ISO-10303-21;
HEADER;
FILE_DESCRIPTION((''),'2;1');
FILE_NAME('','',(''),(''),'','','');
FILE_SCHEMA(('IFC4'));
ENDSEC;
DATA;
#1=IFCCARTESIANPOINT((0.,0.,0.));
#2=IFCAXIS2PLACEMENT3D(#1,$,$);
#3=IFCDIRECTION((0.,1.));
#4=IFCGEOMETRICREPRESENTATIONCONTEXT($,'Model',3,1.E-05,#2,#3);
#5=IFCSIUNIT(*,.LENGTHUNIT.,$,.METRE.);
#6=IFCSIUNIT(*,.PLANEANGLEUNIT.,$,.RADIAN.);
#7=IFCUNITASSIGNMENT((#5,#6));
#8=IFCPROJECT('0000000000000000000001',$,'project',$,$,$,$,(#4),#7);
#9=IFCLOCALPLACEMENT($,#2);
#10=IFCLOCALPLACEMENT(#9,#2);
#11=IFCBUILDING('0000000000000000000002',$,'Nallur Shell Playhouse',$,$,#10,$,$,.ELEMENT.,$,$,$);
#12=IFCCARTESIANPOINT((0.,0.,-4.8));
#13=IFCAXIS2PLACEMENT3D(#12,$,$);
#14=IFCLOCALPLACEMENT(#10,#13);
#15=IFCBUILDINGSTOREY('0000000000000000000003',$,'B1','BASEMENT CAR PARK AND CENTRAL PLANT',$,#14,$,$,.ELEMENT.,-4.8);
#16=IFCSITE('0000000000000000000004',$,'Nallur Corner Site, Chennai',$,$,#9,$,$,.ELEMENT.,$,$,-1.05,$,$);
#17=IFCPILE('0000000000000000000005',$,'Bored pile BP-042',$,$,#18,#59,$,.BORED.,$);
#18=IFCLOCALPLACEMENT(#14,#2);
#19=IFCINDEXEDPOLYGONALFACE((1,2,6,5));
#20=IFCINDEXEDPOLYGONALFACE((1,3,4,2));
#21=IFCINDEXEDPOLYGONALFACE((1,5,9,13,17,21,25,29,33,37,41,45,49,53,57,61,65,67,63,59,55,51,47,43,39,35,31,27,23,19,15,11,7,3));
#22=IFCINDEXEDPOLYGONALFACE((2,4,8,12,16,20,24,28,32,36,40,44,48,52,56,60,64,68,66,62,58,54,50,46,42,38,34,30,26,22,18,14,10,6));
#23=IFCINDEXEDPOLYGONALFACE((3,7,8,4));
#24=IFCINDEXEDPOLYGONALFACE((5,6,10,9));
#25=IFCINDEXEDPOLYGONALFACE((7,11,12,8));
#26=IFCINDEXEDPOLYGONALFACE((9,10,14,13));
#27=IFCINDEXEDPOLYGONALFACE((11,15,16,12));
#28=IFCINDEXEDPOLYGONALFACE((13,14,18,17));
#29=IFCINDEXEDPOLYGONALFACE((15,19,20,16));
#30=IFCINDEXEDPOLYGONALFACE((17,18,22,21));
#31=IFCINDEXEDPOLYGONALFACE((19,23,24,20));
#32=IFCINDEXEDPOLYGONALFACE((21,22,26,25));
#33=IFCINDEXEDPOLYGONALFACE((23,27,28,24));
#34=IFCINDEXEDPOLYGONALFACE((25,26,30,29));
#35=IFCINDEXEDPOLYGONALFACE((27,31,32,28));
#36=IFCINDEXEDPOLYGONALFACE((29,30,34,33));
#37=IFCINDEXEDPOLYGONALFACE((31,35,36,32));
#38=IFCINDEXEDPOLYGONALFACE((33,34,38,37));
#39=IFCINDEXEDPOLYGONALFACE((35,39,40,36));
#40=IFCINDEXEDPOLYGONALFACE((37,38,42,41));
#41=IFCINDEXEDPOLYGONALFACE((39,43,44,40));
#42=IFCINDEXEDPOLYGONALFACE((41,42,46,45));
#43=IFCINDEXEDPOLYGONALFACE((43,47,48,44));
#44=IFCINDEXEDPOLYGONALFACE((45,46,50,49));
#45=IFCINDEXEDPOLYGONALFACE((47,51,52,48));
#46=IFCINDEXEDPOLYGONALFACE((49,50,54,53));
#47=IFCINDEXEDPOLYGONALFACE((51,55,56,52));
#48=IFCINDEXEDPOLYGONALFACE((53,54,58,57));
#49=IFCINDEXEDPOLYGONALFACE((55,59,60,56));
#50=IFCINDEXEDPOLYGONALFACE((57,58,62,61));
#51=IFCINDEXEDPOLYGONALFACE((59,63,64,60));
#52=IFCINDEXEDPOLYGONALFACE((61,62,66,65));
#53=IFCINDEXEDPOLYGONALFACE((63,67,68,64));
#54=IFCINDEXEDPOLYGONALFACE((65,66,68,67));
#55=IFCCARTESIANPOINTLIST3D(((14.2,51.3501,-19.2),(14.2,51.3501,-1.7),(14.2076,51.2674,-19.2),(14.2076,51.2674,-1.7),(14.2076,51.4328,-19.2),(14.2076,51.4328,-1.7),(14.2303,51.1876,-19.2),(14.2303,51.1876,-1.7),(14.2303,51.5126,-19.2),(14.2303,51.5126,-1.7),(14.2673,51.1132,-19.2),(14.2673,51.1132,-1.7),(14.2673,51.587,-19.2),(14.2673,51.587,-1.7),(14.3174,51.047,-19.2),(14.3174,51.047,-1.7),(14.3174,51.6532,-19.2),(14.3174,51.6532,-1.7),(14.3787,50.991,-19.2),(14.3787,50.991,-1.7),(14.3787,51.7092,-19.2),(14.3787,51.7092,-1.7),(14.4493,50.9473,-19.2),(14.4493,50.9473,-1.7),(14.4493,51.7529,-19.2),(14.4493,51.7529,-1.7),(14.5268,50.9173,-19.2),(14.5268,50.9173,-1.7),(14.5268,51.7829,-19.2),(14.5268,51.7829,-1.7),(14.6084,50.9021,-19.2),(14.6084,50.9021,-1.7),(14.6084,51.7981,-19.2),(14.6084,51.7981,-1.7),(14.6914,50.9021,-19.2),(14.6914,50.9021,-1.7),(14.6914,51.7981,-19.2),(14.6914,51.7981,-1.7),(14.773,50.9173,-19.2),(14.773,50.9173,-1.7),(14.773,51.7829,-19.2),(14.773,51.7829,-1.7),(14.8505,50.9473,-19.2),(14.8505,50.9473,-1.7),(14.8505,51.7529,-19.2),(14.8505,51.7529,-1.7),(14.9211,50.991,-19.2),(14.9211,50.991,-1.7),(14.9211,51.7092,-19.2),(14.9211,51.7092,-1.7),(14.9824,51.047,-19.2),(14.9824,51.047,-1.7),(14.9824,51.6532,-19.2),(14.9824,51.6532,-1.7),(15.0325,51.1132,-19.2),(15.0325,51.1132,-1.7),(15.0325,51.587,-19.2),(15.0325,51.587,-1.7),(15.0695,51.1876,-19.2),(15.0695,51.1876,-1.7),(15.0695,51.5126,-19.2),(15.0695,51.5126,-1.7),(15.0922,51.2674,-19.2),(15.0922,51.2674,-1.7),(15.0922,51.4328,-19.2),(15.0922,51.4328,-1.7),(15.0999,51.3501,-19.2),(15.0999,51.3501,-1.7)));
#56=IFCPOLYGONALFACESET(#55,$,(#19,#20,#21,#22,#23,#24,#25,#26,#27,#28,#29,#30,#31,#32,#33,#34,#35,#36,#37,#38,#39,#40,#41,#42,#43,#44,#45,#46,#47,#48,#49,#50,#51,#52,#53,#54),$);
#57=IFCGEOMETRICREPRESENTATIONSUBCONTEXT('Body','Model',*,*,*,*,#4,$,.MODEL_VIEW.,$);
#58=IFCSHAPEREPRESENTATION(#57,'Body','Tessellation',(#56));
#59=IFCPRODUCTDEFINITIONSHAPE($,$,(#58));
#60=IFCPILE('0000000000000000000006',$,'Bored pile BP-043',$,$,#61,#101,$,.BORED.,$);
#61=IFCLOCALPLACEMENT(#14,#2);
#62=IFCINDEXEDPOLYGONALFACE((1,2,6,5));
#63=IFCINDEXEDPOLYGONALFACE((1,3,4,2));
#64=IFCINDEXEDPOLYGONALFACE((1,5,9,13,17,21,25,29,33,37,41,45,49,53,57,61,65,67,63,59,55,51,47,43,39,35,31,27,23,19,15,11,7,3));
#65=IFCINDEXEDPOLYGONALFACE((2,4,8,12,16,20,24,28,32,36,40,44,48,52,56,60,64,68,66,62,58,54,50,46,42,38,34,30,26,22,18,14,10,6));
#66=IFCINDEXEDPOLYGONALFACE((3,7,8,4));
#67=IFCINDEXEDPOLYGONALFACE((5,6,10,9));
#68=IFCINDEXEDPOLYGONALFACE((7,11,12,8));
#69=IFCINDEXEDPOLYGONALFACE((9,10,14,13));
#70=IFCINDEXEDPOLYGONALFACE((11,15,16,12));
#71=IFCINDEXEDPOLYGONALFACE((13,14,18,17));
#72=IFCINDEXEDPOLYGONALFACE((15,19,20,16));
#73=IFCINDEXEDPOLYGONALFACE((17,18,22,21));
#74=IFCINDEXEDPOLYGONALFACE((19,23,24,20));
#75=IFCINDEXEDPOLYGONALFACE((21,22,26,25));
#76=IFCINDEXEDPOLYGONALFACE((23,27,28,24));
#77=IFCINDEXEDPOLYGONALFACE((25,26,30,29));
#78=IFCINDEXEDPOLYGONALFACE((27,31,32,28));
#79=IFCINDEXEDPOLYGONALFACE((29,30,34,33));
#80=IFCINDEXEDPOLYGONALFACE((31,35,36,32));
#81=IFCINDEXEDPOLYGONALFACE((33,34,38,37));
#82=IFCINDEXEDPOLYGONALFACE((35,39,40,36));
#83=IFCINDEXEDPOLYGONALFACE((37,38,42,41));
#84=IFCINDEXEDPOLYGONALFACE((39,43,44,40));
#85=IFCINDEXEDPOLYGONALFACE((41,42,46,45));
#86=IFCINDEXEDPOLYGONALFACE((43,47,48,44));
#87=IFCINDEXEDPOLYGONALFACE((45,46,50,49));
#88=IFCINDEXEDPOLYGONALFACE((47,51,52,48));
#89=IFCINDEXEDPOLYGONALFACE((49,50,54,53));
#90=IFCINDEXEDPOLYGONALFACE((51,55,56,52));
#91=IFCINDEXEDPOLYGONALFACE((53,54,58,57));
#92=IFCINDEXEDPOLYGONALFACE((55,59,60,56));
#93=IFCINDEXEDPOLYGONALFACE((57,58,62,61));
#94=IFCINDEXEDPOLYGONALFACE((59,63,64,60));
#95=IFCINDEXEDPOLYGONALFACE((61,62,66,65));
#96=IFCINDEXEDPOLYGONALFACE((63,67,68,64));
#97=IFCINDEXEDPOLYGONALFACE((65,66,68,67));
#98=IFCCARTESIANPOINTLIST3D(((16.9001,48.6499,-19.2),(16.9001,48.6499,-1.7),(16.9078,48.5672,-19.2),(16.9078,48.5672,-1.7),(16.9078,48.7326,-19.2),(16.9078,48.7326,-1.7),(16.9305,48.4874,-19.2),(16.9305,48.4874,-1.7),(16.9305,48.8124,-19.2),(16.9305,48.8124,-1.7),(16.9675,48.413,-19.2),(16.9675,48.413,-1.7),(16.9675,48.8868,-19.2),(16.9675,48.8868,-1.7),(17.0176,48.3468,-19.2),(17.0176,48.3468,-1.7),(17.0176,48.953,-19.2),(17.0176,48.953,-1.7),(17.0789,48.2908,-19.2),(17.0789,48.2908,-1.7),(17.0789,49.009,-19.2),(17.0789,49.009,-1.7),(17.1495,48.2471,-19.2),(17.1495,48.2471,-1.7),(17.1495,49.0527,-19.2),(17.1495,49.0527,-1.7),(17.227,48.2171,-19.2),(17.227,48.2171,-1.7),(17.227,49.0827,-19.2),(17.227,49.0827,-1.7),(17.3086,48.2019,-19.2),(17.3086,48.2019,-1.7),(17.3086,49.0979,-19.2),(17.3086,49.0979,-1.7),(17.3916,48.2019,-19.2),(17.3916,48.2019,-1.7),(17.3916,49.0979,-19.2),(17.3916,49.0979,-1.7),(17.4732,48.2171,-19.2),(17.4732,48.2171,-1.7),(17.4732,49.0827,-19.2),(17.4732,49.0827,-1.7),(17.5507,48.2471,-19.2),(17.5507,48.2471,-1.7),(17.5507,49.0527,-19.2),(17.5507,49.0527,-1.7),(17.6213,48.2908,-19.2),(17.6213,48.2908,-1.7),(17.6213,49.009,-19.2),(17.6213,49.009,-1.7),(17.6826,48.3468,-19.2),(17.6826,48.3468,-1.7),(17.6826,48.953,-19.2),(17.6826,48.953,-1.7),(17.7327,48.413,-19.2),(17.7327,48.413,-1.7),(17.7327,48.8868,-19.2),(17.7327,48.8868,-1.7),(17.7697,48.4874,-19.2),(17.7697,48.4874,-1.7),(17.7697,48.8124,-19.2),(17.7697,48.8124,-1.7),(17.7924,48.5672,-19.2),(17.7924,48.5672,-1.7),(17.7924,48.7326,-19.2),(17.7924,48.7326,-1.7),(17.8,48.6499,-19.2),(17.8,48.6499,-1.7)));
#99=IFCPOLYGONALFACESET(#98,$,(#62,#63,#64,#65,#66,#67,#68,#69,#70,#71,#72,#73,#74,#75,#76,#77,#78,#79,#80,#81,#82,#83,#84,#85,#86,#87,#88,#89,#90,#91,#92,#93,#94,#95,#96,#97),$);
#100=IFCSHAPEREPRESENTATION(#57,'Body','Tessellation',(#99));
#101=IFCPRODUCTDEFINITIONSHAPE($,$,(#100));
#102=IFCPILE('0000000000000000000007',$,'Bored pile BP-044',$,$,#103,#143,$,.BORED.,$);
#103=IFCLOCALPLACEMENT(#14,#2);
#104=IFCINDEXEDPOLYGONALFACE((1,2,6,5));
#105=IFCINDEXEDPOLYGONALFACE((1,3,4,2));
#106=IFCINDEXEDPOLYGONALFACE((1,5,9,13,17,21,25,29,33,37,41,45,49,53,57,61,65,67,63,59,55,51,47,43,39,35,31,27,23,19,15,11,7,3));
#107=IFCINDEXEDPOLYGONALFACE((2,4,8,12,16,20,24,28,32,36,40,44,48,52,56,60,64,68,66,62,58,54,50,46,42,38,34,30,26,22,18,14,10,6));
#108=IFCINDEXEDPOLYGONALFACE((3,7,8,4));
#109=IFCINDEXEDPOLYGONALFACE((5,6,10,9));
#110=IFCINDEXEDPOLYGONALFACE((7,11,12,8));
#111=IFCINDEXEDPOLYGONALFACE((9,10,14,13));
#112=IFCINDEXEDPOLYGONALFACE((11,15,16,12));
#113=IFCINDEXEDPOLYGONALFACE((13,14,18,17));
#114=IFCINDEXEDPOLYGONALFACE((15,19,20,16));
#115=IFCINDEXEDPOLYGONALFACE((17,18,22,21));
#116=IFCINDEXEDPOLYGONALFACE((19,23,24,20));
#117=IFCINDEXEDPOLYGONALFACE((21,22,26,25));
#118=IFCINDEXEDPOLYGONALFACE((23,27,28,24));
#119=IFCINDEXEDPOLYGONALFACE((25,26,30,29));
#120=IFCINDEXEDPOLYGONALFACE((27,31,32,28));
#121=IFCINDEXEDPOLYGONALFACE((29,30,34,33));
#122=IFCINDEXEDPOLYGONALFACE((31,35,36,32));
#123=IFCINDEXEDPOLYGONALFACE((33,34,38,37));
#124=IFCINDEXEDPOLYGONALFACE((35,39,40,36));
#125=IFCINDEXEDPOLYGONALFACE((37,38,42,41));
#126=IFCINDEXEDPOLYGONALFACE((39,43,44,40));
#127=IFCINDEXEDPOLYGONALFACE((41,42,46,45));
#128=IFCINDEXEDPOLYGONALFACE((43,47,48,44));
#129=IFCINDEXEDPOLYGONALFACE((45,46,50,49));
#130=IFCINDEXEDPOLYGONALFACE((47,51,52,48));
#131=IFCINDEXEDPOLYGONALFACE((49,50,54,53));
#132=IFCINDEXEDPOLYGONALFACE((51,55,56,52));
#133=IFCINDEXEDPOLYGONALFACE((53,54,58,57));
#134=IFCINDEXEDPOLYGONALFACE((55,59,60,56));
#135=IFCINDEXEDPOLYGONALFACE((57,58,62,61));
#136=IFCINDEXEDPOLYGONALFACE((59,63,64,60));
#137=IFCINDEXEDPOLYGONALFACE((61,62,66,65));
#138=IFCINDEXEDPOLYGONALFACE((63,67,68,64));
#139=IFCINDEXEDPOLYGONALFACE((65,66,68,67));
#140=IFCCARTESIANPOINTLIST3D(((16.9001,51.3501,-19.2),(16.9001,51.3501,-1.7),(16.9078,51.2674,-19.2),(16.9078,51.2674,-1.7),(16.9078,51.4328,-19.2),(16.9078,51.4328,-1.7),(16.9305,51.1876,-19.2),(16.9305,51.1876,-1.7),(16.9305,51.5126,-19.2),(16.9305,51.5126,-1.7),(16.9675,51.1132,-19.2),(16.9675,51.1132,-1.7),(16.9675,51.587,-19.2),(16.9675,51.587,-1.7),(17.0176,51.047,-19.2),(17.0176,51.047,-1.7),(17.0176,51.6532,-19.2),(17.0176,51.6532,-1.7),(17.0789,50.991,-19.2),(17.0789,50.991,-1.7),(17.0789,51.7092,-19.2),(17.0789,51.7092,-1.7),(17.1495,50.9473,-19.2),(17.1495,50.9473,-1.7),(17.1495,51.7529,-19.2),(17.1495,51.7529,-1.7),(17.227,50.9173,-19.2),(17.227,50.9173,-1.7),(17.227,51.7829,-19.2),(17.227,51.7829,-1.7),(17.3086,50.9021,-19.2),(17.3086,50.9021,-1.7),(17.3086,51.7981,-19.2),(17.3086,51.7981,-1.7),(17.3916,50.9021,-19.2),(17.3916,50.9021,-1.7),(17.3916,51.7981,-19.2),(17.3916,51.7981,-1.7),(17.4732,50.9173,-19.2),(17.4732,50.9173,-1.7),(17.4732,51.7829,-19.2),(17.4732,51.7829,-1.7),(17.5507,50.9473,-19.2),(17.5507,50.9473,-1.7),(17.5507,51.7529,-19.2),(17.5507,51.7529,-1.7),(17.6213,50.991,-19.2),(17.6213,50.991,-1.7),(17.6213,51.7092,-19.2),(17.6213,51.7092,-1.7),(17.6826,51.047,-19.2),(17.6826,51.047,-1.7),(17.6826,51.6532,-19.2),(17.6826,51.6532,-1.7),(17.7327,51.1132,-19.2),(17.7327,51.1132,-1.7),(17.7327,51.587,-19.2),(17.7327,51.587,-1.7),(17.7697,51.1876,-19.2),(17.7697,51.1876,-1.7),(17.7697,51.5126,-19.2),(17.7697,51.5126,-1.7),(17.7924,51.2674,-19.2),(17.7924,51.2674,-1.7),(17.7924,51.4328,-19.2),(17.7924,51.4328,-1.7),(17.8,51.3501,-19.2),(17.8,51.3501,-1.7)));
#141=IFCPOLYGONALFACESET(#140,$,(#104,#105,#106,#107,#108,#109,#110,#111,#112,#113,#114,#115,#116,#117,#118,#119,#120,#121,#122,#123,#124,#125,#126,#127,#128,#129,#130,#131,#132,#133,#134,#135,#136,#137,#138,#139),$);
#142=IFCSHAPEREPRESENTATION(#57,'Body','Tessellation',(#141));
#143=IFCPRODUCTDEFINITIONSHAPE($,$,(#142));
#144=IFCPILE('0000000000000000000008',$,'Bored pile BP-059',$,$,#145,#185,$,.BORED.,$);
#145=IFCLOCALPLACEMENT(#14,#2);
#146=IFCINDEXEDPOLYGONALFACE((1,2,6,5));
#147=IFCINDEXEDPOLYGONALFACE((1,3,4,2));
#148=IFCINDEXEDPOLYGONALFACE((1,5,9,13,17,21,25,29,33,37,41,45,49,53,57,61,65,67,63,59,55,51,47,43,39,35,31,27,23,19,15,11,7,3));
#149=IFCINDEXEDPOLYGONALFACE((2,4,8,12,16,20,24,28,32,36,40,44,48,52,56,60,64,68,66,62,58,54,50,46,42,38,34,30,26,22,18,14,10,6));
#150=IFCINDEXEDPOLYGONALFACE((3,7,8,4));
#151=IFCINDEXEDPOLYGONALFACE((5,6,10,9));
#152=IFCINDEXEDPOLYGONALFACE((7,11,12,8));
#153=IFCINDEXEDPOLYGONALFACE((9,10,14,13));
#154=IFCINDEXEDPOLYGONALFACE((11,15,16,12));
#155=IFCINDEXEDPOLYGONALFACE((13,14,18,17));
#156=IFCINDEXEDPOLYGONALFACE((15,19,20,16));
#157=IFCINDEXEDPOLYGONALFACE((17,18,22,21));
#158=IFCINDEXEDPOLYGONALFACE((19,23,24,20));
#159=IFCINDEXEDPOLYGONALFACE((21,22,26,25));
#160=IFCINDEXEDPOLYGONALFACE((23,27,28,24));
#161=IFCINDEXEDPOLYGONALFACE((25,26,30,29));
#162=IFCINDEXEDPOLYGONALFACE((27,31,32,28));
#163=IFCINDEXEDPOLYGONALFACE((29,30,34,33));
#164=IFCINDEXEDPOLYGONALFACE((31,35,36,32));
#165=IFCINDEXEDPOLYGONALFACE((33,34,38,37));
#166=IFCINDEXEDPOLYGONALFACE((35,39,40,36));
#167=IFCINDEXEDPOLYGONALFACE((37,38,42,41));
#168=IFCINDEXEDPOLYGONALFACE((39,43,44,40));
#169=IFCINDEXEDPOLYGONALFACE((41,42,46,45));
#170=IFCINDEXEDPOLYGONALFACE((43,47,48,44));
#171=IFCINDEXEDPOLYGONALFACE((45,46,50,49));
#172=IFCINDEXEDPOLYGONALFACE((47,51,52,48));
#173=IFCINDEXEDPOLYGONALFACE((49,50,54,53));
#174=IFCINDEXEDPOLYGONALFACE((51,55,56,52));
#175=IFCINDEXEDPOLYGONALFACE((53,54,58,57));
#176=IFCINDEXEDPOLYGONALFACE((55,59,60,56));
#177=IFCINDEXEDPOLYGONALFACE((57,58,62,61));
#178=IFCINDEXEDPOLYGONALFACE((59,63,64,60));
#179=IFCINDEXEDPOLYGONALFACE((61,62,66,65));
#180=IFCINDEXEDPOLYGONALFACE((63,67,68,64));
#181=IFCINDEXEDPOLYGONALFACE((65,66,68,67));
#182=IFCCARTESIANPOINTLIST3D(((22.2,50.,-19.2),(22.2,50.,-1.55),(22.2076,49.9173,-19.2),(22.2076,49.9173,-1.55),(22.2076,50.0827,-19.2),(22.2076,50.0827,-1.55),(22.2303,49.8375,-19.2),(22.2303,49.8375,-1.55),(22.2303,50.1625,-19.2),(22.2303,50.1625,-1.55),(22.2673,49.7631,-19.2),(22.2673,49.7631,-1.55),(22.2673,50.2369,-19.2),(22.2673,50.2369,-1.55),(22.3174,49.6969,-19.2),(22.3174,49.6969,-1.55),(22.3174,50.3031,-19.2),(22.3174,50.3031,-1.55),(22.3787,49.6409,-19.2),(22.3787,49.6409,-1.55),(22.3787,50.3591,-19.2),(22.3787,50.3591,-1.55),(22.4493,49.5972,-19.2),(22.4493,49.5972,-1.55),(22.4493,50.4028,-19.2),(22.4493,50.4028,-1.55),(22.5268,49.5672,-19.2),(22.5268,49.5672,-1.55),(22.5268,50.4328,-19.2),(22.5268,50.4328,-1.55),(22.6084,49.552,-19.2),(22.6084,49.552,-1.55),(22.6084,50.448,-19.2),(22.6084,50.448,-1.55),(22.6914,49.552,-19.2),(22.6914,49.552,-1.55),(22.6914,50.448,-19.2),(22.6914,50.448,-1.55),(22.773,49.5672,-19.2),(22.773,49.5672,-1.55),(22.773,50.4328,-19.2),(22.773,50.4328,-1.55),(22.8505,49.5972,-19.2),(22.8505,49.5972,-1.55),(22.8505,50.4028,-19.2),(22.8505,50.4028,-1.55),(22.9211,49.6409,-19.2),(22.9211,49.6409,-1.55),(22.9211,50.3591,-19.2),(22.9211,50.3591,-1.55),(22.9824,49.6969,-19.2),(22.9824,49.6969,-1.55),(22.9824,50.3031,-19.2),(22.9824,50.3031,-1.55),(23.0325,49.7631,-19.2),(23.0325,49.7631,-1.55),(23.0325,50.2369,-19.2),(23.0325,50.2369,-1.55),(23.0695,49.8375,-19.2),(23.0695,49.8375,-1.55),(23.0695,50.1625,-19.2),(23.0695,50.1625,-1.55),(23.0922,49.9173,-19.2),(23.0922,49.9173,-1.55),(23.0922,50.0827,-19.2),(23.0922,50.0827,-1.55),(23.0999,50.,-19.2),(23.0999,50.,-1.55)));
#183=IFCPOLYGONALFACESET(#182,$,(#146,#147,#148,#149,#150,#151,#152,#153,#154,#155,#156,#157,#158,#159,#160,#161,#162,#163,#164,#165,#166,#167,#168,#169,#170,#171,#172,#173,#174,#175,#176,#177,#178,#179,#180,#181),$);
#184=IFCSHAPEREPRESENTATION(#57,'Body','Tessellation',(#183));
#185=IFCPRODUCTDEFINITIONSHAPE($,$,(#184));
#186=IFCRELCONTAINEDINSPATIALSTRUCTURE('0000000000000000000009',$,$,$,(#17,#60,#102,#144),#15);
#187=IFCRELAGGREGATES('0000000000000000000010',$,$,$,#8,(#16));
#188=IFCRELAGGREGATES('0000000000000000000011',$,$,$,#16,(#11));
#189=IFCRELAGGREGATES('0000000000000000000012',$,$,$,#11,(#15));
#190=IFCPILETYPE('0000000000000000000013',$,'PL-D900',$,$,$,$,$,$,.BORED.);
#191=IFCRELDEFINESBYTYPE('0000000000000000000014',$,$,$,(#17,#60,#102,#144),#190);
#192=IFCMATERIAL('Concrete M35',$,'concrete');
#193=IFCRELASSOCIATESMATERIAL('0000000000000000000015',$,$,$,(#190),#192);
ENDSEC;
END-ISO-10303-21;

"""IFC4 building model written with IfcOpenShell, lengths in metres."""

from ifc_helpers import new_model, si_unit, direction, frame, origin, origin_2d, place, context, subcontext, project, spatial, circle, extrude, material, material_profile, profile_set, type_object, element, save


model = new_model("IFC4")

# Units and contexts
model_context = context("Model", 3, precision=1e-05, world=origin(), true_north=direction((0.0, 1.0)))
body_context = subcontext(model_context, "Body", "Model", "MODEL_VIEW")
ifc_project = project(units=[si_unit("LENGTHUNIT", "METRE"), si_unit("PLANEANGLEUNIT", "RADIAN")], contexts=[model_context])

# Site, building, storey
site_placement = place(None, origin())
site = spatial("IfcSite", under=ifc_project, at=site_placement, Name="Nallur Corner Site, Chennai", CompositionType="ELEMENT", RefElevation=-1.05)
building_placement = place(site_placement, origin())
building = spatial("IfcBuilding", under=site, at=building_placement, Name="Nallur Shell Playhouse", CompositionType="ELEMENT")
storey_placement = place(building_placement, frame((0.0, 0.0, -4.8)))
storey = spatial("IfcBuildingStorey", under=building, at=storey_placement, Name="B1", Description="BASEMENT CAR PARK AND CENTRAL PLANT", CompositionType="ELEMENT", Elevation=-4.8)

# Shared definitions
ifc_material_1 = material(Name="Concrete M35", Category="concrete")

# Piles
ifc_material_profile_1 = material_profile(ifc_material_1, circle(Radius=0.45, at=origin_2d()), Name="BORED PILE D900")
ifc_profile_set_1 = profile_set([ifc_material_profile_1], Name="Concrete M35")
pile_type_1 = type_object("IfcPileType", Name="PL-D900", PredefinedType="BORED", material=ifc_profile_set_1)
for number, where, z_axis, x_axis, name in (
    (1, (14.6499, 51.3501, -1.7), (0.0, 0.0, -1.0), (1.0, 0.0, 0.0), "Bored pile BP-042"),
    (2, (17.3501, 48.6499, -1.7), (0.0, 0.0, -1.0), (1.0, 0.0, 0.0), "Bored pile BP-043"),
    (3, (17.3501, 51.3501, -1.7), (0.0, 0.0, -1.0), (1.0, 0.0, 0.0), "Bored pile BP-044"),
):
    element("IfcPile", number, at=place(storey_placement, frame(where, z_axis=z_axis, x_axis=x_axis)), inside=storey, type_object=pile_type_1, Name=name, PredefinedType="BORED", context=body_context, shape_type="SweptSolid", body=[
        extrude(circle(Radius=0.45, at=origin_2d()), origin(), (0.0, 0.0, 1.0), 17.5),
    ])
for number, where, z_axis, x_axis, name in (
    (4, (22.6499, 50.0, -1.55), (0.0, 0.0, -1.0), (1.0, 0.0, 0.0), "Bored pile BP-059"),
):
    element("IfcPile", number, at=place(storey_placement, frame(where, z_axis=z_axis, x_axis=x_axis)), inside=storey, type_object=pile_type_1, Name=name, PredefinedType="BORED", context=body_context, shape_type="SweptSolid", body=[
        extrude(circle(Radius=0.45, at=origin_2d()), origin(), (0.0, 0.0, 1.0), 17.6499),
    ])

save(model, "model.ifc")
